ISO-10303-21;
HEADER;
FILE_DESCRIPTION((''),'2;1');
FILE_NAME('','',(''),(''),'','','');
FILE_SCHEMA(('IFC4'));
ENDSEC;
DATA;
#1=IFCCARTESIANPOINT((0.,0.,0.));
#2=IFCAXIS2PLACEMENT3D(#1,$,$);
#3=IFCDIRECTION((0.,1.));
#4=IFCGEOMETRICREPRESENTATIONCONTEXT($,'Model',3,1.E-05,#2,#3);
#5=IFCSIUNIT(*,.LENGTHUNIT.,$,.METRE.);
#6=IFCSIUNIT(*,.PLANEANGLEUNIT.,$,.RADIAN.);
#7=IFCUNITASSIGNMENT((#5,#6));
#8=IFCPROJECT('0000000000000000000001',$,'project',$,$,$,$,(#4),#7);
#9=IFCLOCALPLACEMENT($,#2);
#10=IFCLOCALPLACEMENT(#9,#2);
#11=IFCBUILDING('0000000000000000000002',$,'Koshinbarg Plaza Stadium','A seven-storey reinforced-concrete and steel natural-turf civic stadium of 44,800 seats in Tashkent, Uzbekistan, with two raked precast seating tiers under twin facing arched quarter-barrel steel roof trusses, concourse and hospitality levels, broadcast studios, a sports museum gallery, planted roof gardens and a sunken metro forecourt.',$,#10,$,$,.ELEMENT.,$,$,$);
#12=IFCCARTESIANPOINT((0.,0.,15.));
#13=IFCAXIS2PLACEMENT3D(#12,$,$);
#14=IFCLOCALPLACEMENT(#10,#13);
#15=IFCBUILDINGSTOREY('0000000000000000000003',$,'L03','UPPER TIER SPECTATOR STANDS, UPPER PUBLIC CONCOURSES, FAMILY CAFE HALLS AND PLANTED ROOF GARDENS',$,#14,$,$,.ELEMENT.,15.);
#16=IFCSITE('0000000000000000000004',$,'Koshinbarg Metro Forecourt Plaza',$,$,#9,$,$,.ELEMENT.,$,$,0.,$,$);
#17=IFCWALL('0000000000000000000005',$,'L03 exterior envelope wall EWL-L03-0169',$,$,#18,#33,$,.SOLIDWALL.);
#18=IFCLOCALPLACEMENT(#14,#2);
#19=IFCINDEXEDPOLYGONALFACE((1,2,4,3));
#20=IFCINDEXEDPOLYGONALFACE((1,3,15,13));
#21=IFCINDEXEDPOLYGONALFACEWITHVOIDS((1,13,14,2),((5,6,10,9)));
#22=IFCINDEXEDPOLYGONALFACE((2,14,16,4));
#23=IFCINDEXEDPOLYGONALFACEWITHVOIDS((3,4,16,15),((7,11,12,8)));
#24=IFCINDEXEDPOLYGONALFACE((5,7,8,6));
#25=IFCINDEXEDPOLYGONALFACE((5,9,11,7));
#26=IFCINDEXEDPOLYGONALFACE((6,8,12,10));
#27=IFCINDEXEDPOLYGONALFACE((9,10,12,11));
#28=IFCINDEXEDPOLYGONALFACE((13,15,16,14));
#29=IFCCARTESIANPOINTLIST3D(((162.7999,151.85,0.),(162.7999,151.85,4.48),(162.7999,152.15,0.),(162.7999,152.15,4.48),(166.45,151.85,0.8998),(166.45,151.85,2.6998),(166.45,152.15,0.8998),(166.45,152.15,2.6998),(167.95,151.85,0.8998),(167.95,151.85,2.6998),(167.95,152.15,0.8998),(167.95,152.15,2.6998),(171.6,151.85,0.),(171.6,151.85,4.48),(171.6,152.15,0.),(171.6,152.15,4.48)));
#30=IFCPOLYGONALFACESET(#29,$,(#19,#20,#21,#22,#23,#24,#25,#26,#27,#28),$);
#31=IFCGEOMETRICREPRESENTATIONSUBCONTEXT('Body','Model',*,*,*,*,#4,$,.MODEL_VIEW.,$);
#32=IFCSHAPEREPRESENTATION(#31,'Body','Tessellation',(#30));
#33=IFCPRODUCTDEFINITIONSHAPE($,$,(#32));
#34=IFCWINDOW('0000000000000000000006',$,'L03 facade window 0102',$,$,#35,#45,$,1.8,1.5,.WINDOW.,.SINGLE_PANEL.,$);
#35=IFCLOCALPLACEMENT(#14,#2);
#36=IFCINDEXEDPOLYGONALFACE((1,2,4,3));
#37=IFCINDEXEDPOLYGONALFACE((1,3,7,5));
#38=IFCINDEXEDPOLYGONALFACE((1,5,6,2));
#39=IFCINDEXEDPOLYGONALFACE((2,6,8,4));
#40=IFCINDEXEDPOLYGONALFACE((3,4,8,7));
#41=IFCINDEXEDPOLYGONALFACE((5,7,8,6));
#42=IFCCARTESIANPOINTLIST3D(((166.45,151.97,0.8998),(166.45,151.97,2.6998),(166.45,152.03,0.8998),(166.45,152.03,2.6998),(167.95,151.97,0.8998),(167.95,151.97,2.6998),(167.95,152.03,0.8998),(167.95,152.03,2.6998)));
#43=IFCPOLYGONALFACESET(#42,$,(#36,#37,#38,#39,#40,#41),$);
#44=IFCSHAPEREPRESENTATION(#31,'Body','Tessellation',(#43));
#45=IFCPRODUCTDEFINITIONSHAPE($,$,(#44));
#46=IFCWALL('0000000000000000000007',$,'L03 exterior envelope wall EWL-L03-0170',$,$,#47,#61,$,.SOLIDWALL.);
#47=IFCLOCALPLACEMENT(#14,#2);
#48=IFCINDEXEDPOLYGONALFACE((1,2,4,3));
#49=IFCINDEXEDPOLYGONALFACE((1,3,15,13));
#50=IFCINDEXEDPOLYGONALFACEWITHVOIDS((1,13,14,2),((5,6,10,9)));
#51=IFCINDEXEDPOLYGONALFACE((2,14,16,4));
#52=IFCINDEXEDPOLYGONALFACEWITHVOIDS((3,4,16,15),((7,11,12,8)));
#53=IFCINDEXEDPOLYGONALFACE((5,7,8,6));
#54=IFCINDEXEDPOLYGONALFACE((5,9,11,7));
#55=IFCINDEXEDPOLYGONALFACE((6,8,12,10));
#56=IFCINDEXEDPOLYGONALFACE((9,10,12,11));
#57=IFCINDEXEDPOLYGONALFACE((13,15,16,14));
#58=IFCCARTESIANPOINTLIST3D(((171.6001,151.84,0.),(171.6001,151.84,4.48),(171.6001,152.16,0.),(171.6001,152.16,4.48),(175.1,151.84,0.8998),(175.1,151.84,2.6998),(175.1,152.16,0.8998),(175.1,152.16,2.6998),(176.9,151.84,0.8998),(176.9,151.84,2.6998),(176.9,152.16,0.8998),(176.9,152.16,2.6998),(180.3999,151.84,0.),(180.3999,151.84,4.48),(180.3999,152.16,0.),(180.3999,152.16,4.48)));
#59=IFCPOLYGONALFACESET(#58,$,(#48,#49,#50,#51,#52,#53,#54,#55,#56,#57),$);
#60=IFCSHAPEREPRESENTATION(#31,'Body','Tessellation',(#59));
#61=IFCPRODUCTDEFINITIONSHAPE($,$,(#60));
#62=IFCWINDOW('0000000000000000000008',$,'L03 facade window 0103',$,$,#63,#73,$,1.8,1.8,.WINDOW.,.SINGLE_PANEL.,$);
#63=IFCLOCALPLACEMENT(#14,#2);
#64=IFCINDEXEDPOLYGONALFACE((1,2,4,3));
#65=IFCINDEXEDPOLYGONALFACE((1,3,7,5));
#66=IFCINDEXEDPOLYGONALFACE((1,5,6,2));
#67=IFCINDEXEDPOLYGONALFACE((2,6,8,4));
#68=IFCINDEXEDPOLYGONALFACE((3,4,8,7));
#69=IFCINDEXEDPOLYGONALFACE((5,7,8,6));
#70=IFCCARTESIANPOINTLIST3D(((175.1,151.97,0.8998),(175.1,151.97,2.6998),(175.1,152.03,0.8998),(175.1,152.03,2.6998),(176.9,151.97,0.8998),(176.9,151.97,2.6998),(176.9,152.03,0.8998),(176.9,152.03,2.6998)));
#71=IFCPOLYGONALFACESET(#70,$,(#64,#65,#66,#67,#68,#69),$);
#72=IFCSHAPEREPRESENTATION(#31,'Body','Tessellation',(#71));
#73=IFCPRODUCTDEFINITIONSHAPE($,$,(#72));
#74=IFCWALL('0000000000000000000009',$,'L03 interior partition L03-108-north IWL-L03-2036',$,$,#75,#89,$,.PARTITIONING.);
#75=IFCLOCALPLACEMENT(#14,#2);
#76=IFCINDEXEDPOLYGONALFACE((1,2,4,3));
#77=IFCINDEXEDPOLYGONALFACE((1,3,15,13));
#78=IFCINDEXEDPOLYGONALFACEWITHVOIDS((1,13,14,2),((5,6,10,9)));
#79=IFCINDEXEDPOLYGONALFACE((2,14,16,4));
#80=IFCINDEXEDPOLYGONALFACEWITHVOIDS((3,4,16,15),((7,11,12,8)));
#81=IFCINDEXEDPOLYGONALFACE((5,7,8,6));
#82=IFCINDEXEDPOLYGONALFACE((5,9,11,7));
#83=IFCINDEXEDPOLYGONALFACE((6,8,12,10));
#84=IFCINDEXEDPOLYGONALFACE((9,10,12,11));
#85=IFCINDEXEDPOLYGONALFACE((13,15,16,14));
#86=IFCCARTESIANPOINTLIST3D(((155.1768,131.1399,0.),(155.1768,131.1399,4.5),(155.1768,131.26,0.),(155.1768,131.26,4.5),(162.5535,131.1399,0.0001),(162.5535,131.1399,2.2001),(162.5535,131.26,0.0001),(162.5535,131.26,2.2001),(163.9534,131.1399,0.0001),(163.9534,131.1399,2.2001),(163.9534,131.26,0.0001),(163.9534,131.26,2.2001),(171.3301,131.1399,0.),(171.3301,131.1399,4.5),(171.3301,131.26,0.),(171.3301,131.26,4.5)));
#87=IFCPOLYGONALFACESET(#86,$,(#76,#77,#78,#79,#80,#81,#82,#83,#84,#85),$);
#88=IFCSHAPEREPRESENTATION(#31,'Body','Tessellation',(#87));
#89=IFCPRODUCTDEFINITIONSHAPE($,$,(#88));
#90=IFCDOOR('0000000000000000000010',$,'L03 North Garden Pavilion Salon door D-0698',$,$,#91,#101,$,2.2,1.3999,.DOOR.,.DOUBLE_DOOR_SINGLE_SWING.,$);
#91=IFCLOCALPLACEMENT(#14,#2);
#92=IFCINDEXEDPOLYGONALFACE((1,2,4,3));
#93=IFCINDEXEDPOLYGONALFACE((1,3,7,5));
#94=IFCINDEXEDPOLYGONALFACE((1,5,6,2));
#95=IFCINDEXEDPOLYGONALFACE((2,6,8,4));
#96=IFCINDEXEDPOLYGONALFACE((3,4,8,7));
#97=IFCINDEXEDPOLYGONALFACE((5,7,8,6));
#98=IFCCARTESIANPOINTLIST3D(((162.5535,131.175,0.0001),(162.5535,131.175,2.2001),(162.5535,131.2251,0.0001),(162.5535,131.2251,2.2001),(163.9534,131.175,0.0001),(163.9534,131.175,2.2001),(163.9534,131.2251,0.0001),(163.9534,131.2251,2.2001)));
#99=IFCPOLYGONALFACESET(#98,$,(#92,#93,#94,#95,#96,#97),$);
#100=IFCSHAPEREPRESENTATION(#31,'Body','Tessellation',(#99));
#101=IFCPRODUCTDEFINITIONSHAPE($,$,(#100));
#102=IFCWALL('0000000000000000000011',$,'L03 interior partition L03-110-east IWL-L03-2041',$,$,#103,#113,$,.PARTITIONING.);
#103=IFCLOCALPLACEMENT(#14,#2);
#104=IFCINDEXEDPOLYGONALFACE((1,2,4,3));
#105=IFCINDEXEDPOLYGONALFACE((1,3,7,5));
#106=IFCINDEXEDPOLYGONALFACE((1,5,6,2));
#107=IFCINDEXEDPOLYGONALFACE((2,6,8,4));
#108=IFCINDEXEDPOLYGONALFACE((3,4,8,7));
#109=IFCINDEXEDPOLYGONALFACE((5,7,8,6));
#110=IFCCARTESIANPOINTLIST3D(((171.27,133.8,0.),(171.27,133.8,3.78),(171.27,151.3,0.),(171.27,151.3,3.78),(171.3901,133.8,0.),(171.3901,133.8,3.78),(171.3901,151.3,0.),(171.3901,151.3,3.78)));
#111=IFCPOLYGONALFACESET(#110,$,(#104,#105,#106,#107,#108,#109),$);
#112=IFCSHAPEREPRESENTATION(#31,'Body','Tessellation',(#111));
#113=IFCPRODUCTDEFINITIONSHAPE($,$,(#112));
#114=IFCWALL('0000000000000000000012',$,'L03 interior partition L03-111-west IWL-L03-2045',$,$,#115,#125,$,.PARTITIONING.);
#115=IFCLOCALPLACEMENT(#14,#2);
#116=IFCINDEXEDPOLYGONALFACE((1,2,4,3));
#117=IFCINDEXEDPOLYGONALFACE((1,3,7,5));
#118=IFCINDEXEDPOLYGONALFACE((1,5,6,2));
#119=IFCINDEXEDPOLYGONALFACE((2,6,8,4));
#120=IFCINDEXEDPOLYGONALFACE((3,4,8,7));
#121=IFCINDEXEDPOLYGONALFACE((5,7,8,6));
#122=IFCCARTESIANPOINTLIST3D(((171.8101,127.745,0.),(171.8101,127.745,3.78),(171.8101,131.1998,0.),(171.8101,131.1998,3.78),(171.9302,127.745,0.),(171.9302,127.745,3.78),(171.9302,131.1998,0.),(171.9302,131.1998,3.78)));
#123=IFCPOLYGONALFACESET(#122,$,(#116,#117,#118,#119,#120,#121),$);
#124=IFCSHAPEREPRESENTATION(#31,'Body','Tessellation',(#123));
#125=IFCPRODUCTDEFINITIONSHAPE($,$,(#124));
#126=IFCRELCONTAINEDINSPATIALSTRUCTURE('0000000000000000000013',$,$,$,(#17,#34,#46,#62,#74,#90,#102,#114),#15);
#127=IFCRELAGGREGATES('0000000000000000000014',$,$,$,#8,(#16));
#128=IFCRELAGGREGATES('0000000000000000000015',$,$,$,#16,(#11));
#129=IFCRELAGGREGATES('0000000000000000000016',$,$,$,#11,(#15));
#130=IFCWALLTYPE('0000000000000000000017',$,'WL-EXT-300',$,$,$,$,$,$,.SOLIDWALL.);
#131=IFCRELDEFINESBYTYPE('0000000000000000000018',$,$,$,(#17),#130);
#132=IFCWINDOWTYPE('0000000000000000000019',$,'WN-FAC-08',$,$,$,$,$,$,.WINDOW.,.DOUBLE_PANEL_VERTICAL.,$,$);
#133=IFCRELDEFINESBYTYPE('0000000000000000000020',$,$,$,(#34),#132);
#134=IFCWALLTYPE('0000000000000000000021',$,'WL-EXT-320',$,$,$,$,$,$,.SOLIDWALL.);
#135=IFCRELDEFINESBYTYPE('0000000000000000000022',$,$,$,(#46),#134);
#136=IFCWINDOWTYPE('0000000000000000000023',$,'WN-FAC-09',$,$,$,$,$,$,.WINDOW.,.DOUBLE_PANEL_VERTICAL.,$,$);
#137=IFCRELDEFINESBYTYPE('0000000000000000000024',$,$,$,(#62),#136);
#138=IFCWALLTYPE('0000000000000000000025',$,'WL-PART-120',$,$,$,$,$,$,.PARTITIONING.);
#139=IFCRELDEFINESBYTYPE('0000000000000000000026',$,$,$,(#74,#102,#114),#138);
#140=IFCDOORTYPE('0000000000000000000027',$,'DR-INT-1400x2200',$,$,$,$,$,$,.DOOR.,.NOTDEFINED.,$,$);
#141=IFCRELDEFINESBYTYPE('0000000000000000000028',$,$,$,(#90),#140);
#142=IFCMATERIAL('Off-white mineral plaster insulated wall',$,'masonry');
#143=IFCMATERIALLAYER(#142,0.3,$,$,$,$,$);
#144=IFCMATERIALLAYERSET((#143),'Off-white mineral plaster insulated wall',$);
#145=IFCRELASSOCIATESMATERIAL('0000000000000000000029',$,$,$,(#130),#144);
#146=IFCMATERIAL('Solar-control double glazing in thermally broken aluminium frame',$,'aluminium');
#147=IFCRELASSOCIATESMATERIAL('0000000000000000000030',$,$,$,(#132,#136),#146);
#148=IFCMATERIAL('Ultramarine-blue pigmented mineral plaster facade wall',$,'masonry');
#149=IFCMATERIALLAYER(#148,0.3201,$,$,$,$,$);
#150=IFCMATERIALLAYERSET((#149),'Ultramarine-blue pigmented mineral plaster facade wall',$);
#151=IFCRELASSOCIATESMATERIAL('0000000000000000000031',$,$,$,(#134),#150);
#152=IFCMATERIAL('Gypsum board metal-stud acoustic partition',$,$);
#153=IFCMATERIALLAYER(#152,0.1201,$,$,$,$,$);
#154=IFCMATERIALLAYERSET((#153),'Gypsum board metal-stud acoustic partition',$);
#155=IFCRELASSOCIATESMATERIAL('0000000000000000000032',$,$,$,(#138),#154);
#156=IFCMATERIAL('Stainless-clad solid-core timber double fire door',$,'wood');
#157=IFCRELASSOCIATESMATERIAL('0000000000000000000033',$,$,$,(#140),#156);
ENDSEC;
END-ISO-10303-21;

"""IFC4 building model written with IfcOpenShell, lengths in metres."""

from ifc_helpers import new_model, si_unit, direction, frame, frame_2d, origin, place, context, subcontext, project, spatial, rectangle, extrude, material, layer, layer_set, type_object, element, fill, save


model = new_model("IFC4")

# Units and contexts
model_context = context("Model", 3, precision=1e-05, world=origin(), true_north=direction((0.0, 1.0)))
body_context = subcontext(model_context, "Body", "Model", "MODEL_VIEW")
ifc_project = project(units=[si_unit("LENGTHUNIT", "METRE"), si_unit("PLANEANGLEUNIT", "RADIAN")], contexts=[model_context])

# Site, building, storey
site_placement = place(None, origin())
site = spatial("IfcSite", under=ifc_project, at=site_placement, Name="Koshinbarg Metro Forecourt Plaza", CompositionType="ELEMENT", RefElevation=0.0)
building_placement = place(site_placement, origin())
building = spatial("IfcBuilding", under=site, at=building_placement, Name="Koshinbarg Plaza Stadium", Description="A seven-storey reinforced-concrete and steel natural-turf civic stadium of 44,800 seats in Tashkent, Uzbekistan, with two raked precast seating tiers under twin facing arched quarter-barrel steel roof trusses, concourse and hospitality levels, broadcast studios, a sports museum gallery, planted roof gardens and a sunken metro forecourt.", CompositionType="ELEMENT")
storey_placement = place(building_placement, frame((0.0, 0.0, 15.0)))
storey = spatial("IfcBuildingStorey", under=building, at=storey_placement, Name="L03", Description="UPPER TIER SPECTATOR STANDS, UPPER PUBLIC CONCOURSES, FAMILY CAFE HALLS AND PLANTED ROOF GARDENS", CompositionType="ELEMENT", Elevation=15.0)

# Walls, openings, windows
ifc_material_1 = material(Name="Off-white mineral plaster insulated wall", Category="masonry")
ifc_layer_1 = layer(ifc_material_1, 0.3)
ifc_layer_set_1 = layer_set([ifc_layer_1], Name="Off-white mineral plaster insulated wall")
wall_type_1 = type_object("IfcWallType", Name="WL-EXT-300", PredefinedType="SOLIDWALL", material=ifc_layer_set_1)
wall_1_placement = place(storey_placement, frame((162.8, 152.0, 0.0), z_axis=(0.0, 0.0, 1.0), x_axis=(1.0, 0.0, 0.0)))
wall_1 = element("IfcWall", 1, at=wall_1_placement, inside=storey, type_object=wall_type_1, Name="L03 exterior envelope wall EWL-L03-0169", PredefinedType="SOLIDWALL", context=body_context, shape_type="SweptSolid", body=[
    extrude(rectangle(XDim=8.8, YDim=0.3, at=frame_2d((4.3999, 0.0))), origin(), (0.0, 0.0, 1.0), 4.48),
])
opening_1_placement = place(wall_1_placement, frame((3.6499, 0.0, 0.8999)))
opening_1 = element("IfcOpeningElement", 2, at=opening_1_placement, cuts=wall_1, PredefinedType="OPENING", context=body_context, shape_type="SweptSolid", body=[
    extrude(rectangle(XDim=1.5, YDim=1.8, at=frame_2d((0.75, 0.8999))), frame((0.0, 0.1599, 0.0), z_axis=(0.0, -1.0, 0.0), x_axis=(1.0, 0.0, 0.0)), (0.0, 0.0, 1.0), 0.3201),
])
ifc_material_2 = material(Name="Solar-control double glazing in thermally broken aluminium frame", Category="aluminium")
window_type_1 = type_object("IfcWindowType", Name="WN-FAC-08", PartitioningType="DOUBLE_PANEL_VERTICAL", PredefinedType="WINDOW", material=ifc_material_2)
window_1_placement = place(opening_1_placement, origin())
window_1 = element("IfcWindow", 3, at=window_1_placement, inside=storey, type_object=window_type_1, Name="L03 facade window 0102", OverallHeight=1.8, OverallWidth=1.5, PartitioningType="SINGLE_PANEL", PredefinedType="WINDOW", context=body_context, shape_type="SweptSolid", body=[
    extrude(rectangle(XDim=1.5, YDim=1.8, at=frame_2d((0.75, 0.8999))), frame((0.0, 0.03, 0.0), z_axis=(0.0, -1.0, 0.0), x_axis=(1.0, 0.0, 0.0)), (0.0, 0.0, 1.0), 0.0601),
])
fill(opening_1, window_1)
ifc_material_3 = material(Name="Ultramarine-blue pigmented mineral plaster facade wall", Category="masonry")
ifc_layer_2 = layer(ifc_material_3, 0.3201)
ifc_layer_set_2 = layer_set([ifc_layer_2], Name="Ultramarine-blue pigmented mineral plaster facade wall")
wall_type_2 = type_object("IfcWallType", Name="WL-EXT-320", PredefinedType="SOLIDWALL", material=ifc_layer_set_2)
wall_2_placement = place(storey_placement, frame((171.6001, 152.0, 0.0), z_axis=(0.0, 0.0, 1.0), x_axis=(1.0, 0.0, 0.0)))
wall_2 = element("IfcWall", 4, at=wall_2_placement, inside=storey, type_object=wall_type_2, Name="L03 exterior envelope wall EWL-L03-0170", PredefinedType="SOLIDWALL", context=body_context, shape_type="SweptSolid", body=[
    extrude(rectangle(XDim=8.7998, YDim=0.3201, at=frame_2d((4.3999, 0.0))), origin(), (0.0, 0.0, 1.0), 4.48),
])
opening_2_placement = place(wall_2_placement, frame((3.5, 0.0, 0.8999)))
opening_2 = element("IfcOpeningElement", 5, at=opening_2_placement, cuts=wall_2, PredefinedType="OPENING", context=body_context, shape_type="SweptSolid", body=[
    extrude(rectangle(XDim=1.8, YDim=1.8, at=frame_2d((0.8999, 0.8999))), frame((0.0, 0.1699, 0.0), z_axis=(0.0, -1.0, 0.0), x_axis=(1.0, 0.0, 0.0)), (0.0, 0.0, 1.0), 0.3401),
])
window_type_2 = type_object("IfcWindowType", Name="WN-FAC-09", PartitioningType="DOUBLE_PANEL_VERTICAL", PredefinedType="WINDOW", material=ifc_material_2)
window_2_placement = place(opening_2_placement, origin())
window_2 = element("IfcWindow", 6, at=window_2_placement, inside=storey, type_object=window_type_2, Name="L03 facade window 0103", OverallHeight=1.8, OverallWidth=1.8, PartitioningType="SINGLE_PANEL", PredefinedType="WINDOW", context=body_context, shape_type="SweptSolid", body=[
    extrude(rectangle(XDim=1.8, YDim=1.8, at=frame_2d((0.8999, 0.8999))), frame((0.0, 0.03, 0.0), z_axis=(0.0, -1.0, 0.0), x_axis=(1.0, 0.0, 0.0)), (0.0, 0.0, 1.0), 0.0601),
])
fill(opening_2, window_2)

# Wall, opening, door
ifc_material_4 = material(Name="Gypsum board metal-stud acoustic partition")
ifc_layer_3 = layer(ifc_material_4, 0.1201)
ifc_layer_set_3 = layer_set([ifc_layer_3], Name="Gypsum board metal-stud acoustic partition")
wall_type_3 = type_object("IfcWallType", Name="WL-PART-120", PredefinedType="PARTITIONING", material=ifc_layer_set_3)
wall_3_placement = place(storey_placement, frame((171.3301, 131.2, 0.0), z_axis=(0.0, 0.0, 1.0), x_axis=(-1.0, 0.0, 0.0)))
wall_3 = element("IfcWall", 7, at=wall_3_placement, inside=storey, type_object=wall_type_3, Name="L03 interior partition L03-108-north IWL-L03-2036", PredefinedType="PARTITIONING", context=body_context, shape_type="SweptSolid", body=[
    extrude(rectangle(XDim=16.1533, YDim=0.1201, at=frame_2d((8.0767, 0.0))), origin(), (0.0, 0.0, 1.0), 4.5),
])
opening_3_placement = place(wall_3_placement, frame((7.3767, 0.0, 0.0)))
opening_3 = element("IfcOpeningElement", 8, at=opening_3_placement, cuts=wall_3, PredefinedType="OPENING", context=body_context, shape_type="SweptSolid", body=[
    extrude(rectangle(XDim=1.3999, YDim=2.2, at=frame_2d((0.7, 1.1001))), frame((0.0, 0.0701, 0.0), z_axis=(0.0, -1.0, 0.0), x_axis=(1.0, 0.0, 0.0)), (0.0, 0.0, 1.0), 0.1401),
])
ifc_material_5 = material(Name="Stainless-clad solid-core timber double fire door", Category="wood")
door_type = type_object("IfcDoorType", Name="DR-INT-1400x2200", OperationType="NOTDEFINED", PredefinedType="DOOR", material=ifc_material_5)
door_placement = place(opening_3_placement, origin())
door = element("IfcDoor", 9, at=door_placement, inside=storey, type_object=door_type, Name="L03 North Garden Pavilion Salon door D-0698", OperationType="DOUBLE_DOOR_SINGLE_SWING", OverallHeight=2.2, OverallWidth=1.3999, PredefinedType="DOOR", context=body_context, shape_type="SweptSolid", body=[
    extrude(rectangle(XDim=1.3999, YDim=2.2, at=frame_2d((0.7, 1.1001))), frame((0.0, 0.0249, 0.0), z_axis=(0.0, -1.0, 0.0), x_axis=(1.0, 0.0, 0.0)), (0.0, 0.0, 1.0), 0.05),
])
fill(opening_3, door)

# Walls
wall_4_placement = place(storey_placement, frame((171.3301, 133.8, 0.0), z_axis=(0.0, 0.0, 1.0), x_axis=(0.0, 1.0, 0.0)))
element("IfcWall", 10, at=wall_4_placement, inside=storey, type_object=wall_type_3, Name="L03 interior partition L03-110-east IWL-L03-2041", PredefinedType="PARTITIONING", context=body_context, shape_type="SweptSolid", body=[
    extrude(rectangle(XDim=17.5, YDim=0.1201, at=frame_2d((8.75, 0.0))), origin(), (0.0, 0.0, 1.0), 3.78),
])
wall_5_placement = place(storey_placement, frame((171.8701, 131.2, 0.0), z_axis=(0.0, 0.0, 1.0), x_axis=(0.0, -1.0, 0.0)))
element("IfcWall", 11, at=wall_5_placement, inside=storey, type_object=wall_type_3, Name="L03 interior partition L03-111-west IWL-L03-2045", PredefinedType="PARTITIONING", context=body_context, shape_type="SweptSolid", body=[
    extrude(rectangle(XDim=3.4548, YDim=0.1201, at=frame_2d((1.7275, 0.0))), origin(), (0.0, 0.0, 1.0), 3.78),
])

save(model, "model.ifc")
